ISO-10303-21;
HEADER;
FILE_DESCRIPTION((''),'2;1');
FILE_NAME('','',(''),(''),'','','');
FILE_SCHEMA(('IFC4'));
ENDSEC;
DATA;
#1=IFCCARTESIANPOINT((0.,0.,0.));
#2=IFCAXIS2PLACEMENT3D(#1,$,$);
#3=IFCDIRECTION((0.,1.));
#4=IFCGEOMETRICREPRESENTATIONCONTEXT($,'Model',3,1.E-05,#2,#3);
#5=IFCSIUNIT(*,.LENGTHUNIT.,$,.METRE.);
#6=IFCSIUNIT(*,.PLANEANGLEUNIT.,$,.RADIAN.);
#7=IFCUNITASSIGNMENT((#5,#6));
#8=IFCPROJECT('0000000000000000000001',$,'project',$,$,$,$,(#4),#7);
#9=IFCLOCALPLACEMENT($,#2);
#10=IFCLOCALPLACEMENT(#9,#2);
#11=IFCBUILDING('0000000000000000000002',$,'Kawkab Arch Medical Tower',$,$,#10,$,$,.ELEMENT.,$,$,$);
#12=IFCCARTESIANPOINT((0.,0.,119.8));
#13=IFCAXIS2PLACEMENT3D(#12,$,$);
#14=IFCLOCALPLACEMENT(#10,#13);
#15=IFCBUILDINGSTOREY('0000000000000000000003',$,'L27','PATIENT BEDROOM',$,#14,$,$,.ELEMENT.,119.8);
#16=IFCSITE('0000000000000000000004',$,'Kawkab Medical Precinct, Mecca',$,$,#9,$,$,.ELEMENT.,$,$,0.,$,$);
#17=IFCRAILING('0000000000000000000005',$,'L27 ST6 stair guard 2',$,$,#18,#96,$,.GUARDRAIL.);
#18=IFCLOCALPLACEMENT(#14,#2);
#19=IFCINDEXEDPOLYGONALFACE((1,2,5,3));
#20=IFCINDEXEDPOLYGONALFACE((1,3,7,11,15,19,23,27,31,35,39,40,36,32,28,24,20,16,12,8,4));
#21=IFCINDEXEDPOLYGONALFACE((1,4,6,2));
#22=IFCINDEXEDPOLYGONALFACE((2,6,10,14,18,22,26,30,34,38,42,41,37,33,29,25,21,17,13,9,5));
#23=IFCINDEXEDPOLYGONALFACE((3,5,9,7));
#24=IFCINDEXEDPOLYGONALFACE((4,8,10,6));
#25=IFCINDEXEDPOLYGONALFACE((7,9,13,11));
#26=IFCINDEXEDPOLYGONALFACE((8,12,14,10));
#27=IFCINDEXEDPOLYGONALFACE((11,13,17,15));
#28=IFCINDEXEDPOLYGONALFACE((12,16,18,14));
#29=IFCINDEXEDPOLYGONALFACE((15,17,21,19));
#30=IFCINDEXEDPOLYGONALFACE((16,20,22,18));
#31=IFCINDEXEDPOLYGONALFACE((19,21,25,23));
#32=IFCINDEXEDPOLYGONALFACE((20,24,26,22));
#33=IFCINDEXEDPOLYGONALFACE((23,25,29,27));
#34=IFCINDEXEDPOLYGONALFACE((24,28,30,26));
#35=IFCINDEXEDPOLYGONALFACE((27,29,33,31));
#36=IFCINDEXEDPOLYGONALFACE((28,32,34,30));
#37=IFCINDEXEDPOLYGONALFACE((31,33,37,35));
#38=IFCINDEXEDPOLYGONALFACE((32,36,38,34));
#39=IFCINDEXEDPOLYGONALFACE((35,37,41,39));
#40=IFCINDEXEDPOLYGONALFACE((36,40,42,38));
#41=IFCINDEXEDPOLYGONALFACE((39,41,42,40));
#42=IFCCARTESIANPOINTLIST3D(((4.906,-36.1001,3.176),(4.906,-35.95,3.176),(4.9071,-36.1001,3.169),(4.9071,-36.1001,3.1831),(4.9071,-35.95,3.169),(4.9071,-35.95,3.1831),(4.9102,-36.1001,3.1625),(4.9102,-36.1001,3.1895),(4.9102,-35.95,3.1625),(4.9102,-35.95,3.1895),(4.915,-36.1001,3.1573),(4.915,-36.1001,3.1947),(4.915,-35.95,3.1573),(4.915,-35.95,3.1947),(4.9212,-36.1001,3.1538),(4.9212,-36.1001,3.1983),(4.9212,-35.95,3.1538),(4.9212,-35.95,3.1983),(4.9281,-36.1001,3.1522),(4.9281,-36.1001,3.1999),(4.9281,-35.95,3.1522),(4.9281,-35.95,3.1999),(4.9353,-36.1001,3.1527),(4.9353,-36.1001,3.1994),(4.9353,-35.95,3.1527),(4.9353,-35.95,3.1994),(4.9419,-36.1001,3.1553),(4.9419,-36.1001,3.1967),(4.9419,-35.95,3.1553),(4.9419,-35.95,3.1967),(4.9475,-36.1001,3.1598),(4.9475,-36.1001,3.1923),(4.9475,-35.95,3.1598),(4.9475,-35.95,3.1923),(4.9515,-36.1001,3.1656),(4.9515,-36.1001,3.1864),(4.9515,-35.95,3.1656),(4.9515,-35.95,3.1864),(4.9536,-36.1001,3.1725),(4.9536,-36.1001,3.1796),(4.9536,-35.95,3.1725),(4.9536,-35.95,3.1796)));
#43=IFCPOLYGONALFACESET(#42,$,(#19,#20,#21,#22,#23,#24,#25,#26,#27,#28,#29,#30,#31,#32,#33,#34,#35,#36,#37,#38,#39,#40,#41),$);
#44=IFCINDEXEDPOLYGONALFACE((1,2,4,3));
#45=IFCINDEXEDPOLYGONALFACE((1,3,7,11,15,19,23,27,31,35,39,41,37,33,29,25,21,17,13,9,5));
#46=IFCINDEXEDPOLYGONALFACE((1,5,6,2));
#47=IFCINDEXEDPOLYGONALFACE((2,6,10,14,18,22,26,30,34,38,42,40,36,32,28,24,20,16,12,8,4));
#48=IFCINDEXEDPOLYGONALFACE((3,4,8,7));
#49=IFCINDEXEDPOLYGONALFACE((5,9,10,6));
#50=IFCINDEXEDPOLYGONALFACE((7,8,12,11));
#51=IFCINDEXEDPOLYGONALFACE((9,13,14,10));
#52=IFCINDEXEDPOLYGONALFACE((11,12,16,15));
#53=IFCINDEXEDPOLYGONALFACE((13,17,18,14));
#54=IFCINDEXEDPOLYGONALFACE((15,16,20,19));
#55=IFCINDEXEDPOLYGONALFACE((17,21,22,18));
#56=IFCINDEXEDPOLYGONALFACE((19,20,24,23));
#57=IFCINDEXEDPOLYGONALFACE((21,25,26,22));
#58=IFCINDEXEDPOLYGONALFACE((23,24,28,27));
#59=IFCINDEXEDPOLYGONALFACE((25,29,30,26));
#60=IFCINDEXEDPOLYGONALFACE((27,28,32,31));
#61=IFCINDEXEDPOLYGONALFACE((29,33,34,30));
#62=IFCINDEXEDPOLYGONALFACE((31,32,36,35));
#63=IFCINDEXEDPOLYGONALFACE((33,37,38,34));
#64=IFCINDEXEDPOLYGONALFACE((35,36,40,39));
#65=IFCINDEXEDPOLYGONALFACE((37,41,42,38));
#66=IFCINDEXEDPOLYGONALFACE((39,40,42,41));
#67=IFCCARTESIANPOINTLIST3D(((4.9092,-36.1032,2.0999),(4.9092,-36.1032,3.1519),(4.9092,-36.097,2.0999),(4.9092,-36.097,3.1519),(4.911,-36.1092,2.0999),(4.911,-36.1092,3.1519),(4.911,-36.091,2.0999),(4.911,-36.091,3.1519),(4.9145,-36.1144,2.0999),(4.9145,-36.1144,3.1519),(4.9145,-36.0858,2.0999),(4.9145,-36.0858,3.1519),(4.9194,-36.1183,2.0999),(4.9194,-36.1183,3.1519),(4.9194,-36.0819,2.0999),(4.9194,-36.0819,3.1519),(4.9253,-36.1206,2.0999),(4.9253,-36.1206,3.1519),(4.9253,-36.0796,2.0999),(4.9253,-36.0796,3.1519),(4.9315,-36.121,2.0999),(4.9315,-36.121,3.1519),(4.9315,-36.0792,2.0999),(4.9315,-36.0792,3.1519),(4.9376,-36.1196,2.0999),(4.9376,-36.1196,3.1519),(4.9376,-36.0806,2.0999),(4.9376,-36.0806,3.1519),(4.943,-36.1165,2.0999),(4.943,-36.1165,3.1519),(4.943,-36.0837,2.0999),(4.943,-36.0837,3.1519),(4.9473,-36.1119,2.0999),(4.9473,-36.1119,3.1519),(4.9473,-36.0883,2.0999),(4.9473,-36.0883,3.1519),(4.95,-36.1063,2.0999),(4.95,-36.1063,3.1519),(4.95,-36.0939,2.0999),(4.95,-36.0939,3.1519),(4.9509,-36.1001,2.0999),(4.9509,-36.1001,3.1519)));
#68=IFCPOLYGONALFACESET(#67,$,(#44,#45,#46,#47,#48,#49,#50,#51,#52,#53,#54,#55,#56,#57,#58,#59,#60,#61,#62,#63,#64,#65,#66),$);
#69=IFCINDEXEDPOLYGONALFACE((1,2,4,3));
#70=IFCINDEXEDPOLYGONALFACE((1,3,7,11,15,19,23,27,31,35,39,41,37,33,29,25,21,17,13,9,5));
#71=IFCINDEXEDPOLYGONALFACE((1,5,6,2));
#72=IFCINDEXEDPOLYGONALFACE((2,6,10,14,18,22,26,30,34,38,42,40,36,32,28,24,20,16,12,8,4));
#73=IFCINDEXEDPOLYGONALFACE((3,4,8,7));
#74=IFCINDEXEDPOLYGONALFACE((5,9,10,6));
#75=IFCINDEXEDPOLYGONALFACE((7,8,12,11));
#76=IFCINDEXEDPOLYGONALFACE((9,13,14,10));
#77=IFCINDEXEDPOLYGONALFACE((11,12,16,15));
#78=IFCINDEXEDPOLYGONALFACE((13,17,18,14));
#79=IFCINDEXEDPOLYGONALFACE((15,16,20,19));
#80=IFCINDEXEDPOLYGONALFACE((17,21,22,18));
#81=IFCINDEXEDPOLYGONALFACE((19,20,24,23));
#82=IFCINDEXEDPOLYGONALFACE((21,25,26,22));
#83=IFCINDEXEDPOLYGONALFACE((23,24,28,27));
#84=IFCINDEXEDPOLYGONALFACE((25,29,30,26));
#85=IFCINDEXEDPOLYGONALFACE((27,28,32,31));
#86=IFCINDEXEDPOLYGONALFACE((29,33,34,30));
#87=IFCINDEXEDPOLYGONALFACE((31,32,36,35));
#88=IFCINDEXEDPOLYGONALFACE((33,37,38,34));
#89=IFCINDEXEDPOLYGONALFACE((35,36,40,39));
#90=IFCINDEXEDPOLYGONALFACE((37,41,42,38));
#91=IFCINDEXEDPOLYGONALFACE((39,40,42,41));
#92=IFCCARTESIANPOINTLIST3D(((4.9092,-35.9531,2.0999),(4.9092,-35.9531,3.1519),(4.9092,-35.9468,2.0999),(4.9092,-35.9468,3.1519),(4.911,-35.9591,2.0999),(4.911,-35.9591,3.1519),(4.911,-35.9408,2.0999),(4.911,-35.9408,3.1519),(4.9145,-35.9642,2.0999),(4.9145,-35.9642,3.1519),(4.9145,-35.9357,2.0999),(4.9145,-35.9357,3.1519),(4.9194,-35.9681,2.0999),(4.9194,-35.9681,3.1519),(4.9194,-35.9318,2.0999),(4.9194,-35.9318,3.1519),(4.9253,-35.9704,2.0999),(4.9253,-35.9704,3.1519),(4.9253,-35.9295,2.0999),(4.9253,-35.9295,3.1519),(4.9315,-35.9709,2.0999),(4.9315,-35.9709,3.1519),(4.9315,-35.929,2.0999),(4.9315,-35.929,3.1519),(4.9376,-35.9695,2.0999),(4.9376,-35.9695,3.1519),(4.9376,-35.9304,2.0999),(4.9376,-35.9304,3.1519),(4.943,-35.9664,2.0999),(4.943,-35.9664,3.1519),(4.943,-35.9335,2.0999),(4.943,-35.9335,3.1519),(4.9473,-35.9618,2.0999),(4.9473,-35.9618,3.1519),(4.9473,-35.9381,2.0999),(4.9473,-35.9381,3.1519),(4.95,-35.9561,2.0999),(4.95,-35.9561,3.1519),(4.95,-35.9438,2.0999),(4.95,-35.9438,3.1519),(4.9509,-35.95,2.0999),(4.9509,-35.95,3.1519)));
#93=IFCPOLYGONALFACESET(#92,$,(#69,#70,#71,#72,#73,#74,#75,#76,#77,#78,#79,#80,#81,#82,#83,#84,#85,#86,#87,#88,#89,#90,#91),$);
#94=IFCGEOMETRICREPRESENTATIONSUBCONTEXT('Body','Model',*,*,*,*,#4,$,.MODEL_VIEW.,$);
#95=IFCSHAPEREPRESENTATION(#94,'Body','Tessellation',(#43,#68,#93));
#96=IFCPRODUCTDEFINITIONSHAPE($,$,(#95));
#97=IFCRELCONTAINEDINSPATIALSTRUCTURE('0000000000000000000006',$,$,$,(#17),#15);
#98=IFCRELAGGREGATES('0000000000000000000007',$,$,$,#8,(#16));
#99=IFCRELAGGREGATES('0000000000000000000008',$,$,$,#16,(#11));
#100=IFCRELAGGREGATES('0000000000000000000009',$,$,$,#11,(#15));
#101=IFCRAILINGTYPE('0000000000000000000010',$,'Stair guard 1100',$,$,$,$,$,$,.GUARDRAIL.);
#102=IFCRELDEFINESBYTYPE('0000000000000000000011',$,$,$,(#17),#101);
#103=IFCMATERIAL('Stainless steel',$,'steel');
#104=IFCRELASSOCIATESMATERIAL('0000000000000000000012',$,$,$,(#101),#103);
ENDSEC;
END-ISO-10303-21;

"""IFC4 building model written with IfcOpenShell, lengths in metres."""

from ifc_helpers import new_model, si_unit, direction, frame, origin, origin_2d, place, context, subcontext, project, spatial, circle, extrude, material, type_object, element, save


model = new_model("IFC4")

# Units and contexts
model_context = context("Model", 3, precision=1e-05, world=origin(), true_north=direction((0.0, 1.0)))
body_context = subcontext(model_context, "Body", "Model", "MODEL_VIEW")
ifc_project = project(units=[si_unit("LENGTHUNIT", "METRE"), si_unit("PLANEANGLEUNIT", "RADIAN")], contexts=[model_context])

# Site, building, storey
site_placement = place(None, origin())
site = spatial("IfcSite", under=ifc_project, at=site_placement, Name="Kawkab Medical Precinct, Mecca", CompositionType="ELEMENT", RefElevation=0.0)
building_placement = place(site_placement, origin())
building = spatial("IfcBuilding", under=site, at=building_placement, Name="Kawkab Arch Medical Tower", CompositionType="ELEMENT")
storey_placement = place(building_placement, frame((0.0, 0.0, 119.8)))
storey = spatial("IfcBuildingStorey", under=building, at=storey_placement, Name="L27", Description="PATIENT BEDROOM", CompositionType="ELEMENT", Elevation=119.8)

# Railing
ifc_material_1 = material(Name="Stainless steel", Category="steel")
railing_type = type_object("IfcRailingType", Name="Stair guard 1100", PredefinedType="GUARDRAIL", material=ifc_material_1)
railing_1_placement = place(storey_placement, frame((4.9299, -36.1001, 2.0999)))
element("IfcRailing", 1, at=railing_1_placement, inside=storey, type_object=railing_type, Name="L27 ST6 stair guard 2", PredefinedType="GUARDRAIL", context=body_context, shape_type="SweptSolid", body=[
    extrude(circle(Radius=0.0239, at=origin_2d()), frame((0.0, 0.0, 1.0762), z_axis=(0.0, 1.0, 0.0), x_axis=(-1.0, 0.0, 0.0)), (0.0, 0.0, 1.0), 0.1501),
    extrude(circle(Radius=0.021, at=origin_2d()), origin(), (0.0, 0.0, 1.0), 1.052),
    extrude(circle(Radius=0.021, at=origin_2d()), frame((0.0, 0.1501, 0.0)), (0.0, 0.0, 1.0), 1.052),
])

save(model, "model.ifc")
